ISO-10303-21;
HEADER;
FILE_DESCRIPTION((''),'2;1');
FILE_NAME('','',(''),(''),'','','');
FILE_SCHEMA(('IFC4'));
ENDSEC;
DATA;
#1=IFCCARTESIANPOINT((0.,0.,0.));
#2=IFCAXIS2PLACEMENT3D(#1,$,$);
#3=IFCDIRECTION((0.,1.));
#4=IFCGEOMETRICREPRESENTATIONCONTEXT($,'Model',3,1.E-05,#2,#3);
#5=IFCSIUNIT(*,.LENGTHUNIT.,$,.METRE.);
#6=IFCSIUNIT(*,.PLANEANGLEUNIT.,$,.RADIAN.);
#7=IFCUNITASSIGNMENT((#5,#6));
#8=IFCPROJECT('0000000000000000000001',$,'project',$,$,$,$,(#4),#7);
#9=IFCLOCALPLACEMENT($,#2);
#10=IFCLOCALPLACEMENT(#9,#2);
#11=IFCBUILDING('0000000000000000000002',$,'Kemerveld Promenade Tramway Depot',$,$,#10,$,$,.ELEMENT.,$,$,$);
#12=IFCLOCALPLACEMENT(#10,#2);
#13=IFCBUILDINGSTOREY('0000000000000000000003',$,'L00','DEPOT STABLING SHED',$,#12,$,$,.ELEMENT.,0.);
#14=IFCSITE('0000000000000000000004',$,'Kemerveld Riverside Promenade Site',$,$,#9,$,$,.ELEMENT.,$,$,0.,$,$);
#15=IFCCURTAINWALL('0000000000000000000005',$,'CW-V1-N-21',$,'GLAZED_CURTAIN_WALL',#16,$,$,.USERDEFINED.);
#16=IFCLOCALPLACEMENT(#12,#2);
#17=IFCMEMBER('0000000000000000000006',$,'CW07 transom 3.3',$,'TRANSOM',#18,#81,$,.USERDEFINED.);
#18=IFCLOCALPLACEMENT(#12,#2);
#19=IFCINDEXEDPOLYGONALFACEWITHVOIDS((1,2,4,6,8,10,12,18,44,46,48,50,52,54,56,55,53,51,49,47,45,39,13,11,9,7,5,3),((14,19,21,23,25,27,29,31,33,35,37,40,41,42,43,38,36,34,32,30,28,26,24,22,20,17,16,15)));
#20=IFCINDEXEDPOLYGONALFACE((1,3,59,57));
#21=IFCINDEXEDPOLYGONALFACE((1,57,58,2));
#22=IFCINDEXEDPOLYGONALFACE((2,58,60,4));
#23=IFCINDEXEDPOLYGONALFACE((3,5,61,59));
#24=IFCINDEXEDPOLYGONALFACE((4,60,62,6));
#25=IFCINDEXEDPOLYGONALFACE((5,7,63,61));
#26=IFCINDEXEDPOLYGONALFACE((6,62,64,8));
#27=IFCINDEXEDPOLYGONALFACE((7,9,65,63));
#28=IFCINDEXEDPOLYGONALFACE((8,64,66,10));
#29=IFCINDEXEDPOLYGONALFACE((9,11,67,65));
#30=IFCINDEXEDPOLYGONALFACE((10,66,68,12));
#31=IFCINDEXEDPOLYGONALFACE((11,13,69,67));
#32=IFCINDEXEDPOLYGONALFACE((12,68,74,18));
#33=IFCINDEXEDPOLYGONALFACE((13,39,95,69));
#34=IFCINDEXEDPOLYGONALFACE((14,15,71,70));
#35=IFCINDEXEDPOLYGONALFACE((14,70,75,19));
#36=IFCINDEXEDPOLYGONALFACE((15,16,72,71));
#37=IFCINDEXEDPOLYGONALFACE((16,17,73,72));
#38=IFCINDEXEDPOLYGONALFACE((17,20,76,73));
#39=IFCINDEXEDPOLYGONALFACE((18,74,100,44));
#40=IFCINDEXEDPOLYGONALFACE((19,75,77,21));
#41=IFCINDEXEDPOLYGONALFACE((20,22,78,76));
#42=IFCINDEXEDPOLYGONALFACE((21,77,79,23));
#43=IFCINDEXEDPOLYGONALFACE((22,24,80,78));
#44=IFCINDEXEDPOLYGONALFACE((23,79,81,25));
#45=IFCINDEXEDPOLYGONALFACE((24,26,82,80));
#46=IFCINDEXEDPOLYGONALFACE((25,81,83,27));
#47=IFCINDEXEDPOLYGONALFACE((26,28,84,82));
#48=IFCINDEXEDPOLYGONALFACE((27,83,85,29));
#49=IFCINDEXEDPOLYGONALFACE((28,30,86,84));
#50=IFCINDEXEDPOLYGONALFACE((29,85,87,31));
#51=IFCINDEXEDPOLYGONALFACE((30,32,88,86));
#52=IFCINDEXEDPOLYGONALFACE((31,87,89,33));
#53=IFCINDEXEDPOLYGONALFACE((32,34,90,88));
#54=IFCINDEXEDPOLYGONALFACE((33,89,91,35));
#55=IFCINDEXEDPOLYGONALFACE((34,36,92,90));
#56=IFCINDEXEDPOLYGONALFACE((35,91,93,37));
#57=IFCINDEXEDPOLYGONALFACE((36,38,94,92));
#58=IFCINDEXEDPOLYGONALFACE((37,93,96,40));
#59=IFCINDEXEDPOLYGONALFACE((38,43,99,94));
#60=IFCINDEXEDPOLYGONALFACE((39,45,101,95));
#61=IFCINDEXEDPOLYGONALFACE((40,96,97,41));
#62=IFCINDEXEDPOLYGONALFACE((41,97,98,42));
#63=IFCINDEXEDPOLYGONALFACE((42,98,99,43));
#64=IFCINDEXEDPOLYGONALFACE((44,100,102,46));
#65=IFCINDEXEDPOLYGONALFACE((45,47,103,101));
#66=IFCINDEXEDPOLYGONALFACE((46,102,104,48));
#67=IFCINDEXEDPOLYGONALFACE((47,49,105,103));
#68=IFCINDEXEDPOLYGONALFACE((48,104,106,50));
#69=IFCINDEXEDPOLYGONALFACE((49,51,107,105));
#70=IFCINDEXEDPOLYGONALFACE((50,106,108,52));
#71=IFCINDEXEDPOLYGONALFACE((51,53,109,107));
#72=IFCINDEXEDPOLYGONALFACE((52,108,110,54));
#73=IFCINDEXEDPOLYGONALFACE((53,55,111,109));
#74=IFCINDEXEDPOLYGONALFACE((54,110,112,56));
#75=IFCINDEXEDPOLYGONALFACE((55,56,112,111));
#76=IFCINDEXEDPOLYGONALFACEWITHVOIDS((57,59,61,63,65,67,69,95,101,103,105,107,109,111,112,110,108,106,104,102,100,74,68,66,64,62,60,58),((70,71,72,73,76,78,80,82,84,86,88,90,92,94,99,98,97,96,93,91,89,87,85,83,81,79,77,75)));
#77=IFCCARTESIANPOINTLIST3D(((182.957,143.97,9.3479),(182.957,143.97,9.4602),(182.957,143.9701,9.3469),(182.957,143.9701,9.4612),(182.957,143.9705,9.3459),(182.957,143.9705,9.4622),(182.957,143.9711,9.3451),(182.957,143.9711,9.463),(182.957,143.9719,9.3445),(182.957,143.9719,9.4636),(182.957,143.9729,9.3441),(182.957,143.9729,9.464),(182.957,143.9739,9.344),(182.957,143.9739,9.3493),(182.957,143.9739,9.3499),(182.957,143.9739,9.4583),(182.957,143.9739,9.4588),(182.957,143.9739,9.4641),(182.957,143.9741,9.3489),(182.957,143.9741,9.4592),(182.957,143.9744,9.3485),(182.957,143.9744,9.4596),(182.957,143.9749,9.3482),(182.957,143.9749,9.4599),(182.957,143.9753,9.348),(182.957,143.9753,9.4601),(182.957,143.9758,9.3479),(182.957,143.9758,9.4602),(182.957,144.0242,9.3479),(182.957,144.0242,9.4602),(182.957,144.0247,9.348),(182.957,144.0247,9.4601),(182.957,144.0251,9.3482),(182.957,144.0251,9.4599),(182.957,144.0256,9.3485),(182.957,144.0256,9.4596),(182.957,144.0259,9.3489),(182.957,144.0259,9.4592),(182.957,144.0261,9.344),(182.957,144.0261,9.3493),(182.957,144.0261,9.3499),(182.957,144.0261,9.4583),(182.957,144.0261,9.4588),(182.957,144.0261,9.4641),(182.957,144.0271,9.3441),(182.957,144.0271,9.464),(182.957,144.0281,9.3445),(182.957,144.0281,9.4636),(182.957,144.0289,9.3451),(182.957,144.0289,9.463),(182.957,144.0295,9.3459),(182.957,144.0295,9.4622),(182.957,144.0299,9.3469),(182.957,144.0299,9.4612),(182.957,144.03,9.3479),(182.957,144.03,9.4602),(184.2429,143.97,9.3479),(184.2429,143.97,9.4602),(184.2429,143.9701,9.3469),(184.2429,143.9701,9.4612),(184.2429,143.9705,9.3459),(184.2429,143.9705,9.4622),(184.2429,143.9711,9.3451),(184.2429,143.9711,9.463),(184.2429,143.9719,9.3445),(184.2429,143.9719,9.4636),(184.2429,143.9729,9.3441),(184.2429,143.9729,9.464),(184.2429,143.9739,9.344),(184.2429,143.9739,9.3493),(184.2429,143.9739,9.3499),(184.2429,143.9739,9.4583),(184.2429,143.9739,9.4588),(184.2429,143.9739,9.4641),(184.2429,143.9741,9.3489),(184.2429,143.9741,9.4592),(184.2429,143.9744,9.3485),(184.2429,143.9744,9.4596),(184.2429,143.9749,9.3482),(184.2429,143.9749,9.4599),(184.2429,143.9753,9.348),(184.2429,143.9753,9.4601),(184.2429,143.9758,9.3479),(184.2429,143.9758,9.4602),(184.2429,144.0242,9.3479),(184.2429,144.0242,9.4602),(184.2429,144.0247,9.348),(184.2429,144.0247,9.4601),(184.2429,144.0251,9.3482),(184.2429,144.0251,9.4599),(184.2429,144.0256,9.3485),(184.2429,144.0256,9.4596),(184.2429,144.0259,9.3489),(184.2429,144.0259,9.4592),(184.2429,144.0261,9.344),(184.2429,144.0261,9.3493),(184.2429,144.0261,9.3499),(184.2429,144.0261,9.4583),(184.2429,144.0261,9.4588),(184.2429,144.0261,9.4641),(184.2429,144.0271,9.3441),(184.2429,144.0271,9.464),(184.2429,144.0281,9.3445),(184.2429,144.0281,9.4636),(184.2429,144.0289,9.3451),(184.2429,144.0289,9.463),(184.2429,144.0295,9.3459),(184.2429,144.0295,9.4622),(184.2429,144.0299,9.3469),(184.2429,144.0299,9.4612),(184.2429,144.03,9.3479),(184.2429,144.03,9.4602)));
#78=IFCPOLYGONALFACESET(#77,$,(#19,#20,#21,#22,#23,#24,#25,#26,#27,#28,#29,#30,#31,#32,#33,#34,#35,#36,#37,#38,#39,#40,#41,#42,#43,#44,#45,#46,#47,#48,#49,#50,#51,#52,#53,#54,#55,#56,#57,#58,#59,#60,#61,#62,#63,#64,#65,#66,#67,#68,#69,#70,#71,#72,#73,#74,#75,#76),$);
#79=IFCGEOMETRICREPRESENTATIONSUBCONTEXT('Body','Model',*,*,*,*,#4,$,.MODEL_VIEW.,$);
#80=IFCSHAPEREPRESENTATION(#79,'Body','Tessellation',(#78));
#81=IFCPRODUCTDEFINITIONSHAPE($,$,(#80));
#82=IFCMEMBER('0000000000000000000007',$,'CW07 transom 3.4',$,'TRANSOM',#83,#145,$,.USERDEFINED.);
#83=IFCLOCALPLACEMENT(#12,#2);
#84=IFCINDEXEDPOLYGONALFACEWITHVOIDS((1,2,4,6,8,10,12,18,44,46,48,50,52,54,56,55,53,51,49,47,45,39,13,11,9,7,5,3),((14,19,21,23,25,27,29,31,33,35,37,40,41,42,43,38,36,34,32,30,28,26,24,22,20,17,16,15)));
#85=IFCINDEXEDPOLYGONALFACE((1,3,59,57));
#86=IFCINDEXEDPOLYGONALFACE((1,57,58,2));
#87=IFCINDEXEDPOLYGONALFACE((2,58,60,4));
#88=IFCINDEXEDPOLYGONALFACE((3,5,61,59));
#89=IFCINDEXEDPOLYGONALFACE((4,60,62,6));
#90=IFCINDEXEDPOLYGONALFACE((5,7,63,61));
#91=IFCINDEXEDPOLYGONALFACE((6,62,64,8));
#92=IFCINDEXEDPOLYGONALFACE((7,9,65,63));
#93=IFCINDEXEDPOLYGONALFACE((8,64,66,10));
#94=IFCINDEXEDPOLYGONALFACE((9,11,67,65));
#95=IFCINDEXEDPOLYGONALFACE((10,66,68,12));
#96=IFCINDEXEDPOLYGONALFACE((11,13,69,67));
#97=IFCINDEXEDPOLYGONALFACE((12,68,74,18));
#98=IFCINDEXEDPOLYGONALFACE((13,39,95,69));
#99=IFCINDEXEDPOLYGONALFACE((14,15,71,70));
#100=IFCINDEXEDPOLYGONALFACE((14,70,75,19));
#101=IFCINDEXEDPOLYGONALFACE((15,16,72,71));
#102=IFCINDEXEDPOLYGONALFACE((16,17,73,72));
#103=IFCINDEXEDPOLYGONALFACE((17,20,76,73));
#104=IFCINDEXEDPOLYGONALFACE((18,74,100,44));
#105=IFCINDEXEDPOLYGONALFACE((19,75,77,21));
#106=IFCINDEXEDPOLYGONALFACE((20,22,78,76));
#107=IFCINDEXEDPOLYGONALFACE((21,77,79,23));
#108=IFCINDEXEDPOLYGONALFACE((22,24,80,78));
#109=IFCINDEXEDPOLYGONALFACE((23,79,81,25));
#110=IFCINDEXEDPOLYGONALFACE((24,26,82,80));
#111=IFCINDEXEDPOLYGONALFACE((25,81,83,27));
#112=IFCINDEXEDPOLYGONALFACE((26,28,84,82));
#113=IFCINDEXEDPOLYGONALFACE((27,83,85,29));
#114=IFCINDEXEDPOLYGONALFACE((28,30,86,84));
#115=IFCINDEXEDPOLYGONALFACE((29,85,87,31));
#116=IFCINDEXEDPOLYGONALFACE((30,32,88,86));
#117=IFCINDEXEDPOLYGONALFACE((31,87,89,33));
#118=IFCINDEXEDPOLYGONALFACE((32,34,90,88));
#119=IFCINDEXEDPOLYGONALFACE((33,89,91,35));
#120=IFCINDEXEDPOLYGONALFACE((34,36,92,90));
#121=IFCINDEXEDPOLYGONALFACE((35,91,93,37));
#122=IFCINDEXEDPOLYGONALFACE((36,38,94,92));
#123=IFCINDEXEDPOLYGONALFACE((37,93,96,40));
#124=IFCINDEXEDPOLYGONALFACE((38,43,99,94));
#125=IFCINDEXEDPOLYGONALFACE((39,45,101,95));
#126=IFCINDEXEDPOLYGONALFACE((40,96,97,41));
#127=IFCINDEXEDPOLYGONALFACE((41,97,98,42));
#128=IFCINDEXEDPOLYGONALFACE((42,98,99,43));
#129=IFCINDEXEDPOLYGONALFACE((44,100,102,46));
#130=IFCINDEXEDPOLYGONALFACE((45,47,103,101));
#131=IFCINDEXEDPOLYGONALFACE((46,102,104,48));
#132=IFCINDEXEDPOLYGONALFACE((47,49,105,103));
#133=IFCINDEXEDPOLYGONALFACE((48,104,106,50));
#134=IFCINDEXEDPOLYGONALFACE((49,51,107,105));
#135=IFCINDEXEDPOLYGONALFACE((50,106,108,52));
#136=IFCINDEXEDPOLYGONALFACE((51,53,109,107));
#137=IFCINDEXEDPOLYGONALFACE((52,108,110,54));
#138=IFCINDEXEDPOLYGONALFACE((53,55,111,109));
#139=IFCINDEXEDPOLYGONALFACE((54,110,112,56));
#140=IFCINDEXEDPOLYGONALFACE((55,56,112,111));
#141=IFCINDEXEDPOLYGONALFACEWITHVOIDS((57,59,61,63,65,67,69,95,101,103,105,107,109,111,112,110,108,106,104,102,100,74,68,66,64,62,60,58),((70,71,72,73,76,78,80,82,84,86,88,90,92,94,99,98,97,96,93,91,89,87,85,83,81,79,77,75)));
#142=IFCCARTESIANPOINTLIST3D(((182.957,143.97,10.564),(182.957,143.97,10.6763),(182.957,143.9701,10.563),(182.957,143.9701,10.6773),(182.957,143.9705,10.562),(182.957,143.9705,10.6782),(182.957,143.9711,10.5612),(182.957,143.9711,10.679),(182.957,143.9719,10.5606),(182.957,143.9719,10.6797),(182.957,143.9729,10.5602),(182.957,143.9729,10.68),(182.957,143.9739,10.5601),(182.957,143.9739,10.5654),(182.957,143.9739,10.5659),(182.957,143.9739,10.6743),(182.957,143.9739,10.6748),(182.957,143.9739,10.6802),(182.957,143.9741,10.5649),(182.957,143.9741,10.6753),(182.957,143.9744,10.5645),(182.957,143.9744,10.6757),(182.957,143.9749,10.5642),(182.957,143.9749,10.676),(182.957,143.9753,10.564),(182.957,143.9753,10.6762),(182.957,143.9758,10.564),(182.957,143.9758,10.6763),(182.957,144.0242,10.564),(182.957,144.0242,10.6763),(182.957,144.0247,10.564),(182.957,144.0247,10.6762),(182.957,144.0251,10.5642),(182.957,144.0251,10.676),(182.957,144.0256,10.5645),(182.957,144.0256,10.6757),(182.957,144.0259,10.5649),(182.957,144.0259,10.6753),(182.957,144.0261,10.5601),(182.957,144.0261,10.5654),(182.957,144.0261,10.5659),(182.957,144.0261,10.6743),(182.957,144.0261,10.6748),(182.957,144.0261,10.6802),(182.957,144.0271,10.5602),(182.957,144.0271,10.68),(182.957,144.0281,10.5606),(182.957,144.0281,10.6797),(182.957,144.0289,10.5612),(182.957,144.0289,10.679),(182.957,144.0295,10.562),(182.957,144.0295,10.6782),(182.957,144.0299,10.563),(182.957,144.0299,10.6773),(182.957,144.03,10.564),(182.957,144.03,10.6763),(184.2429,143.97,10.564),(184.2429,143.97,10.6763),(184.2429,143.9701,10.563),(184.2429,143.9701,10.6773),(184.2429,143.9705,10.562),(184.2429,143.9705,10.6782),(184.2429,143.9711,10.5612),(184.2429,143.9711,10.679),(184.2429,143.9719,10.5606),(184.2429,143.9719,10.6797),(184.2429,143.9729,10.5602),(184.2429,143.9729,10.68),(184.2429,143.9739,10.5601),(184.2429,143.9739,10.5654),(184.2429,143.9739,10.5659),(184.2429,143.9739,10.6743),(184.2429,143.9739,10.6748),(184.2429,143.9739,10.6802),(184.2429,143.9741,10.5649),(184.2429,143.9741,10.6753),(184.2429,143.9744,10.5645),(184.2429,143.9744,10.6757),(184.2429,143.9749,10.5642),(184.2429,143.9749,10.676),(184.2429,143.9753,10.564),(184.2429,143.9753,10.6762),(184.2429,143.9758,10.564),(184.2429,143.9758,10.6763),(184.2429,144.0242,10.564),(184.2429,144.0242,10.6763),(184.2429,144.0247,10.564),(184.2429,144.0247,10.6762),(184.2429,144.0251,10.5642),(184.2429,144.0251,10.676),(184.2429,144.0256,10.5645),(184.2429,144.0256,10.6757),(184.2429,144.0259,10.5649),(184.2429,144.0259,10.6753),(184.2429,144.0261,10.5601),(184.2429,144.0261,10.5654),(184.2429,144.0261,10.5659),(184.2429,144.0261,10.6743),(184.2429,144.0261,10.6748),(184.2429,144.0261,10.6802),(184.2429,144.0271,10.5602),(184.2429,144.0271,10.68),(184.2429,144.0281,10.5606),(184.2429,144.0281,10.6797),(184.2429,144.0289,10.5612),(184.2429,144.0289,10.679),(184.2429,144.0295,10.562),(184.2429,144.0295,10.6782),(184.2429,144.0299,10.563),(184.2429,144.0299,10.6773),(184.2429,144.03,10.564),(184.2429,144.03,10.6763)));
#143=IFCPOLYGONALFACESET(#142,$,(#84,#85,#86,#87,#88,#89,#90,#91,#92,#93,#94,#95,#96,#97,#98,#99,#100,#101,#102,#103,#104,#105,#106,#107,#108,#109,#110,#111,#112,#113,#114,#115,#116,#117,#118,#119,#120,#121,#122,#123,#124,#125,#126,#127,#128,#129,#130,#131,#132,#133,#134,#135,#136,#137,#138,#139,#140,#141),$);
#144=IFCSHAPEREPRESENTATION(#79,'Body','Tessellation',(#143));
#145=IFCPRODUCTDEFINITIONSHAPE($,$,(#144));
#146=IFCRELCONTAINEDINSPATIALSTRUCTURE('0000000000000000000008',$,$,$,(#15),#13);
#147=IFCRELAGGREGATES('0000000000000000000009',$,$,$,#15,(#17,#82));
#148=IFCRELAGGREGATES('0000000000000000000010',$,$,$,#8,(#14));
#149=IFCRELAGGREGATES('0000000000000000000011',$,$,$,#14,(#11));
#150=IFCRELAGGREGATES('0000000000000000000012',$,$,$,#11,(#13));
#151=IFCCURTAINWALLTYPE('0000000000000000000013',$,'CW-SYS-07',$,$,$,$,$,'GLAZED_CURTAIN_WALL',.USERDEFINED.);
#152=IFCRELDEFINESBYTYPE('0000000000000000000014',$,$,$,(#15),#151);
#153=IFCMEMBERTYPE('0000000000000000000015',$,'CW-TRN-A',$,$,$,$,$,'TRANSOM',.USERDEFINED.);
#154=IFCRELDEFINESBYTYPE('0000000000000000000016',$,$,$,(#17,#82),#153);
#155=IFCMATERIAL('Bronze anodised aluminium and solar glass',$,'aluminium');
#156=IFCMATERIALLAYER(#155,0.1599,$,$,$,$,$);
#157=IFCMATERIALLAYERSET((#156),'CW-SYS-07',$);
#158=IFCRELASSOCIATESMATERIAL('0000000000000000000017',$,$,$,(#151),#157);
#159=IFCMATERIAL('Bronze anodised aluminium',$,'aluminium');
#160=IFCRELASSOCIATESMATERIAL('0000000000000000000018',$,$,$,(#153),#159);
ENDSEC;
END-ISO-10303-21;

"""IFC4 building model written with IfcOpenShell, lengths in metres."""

from ifc_helpers import new_model, si_unit, direction, frame, origin, origin_2d, place, context, subcontext, project, spatial, hollow_rectangle, extrude, material, layer, layer_set, material_profile, profile_set, type_object, element, aggregate, save


model = new_model("IFC4")

# Units and contexts
model_context = context("Model", 3, precision=1e-05, world=origin(), true_north=direction((0.0, 1.0)))
body_context = subcontext(model_context, "Body", "Model", "MODEL_VIEW")
ifc_project = project(units=[si_unit("LENGTHUNIT", "METRE"), si_unit("PLANEANGLEUNIT", "RADIAN")], contexts=[model_context])

# Site, building, storey
site_placement = place(None, origin())
site = spatial("IfcSite", under=ifc_project, at=site_placement, Name="Kemerveld Riverside Promenade Site", CompositionType="ELEMENT", RefElevation=0.0)
building_placement = place(site_placement, origin())
building = spatial("IfcBuilding", under=site, at=building_placement, Name="Kemerveld Promenade Tramway Depot", CompositionType="ELEMENT")
storey_placement = place(building_placement, origin())
storey = spatial("IfcBuildingStorey", under=building, at=storey_placement, Name="L00", Description="DEPOT STABLING SHED", CompositionType="ELEMENT", Elevation=0.0)

# Curtain wall, members
ifc_material_1 = material(Name="Bronze anodised aluminium and solar glass", Category="aluminium")
ifc_layer_1 = layer(ifc_material_1, 0.1599)
ifc_layer_set_1 = layer_set([ifc_layer_1], Name="CW-SYS-07")
curtain_wall_type_1 = type_object("IfcCurtainWallType", Name="CW-SYS-07", ElementType="GLAZED_CURTAIN_WALL", PredefinedType="USERDEFINED", material=ifc_layer_set_1)
curtain_wall_1_placement = place(storey_placement, origin())
curtain_wall_1 = element("IfcCurtainWall", 1, at=curtain_wall_1_placement, inside=storey, type_object=curtain_wall_type_1, Name="CW-V1-N-21", ObjectType="GLAZED_CURTAIN_WALL", PredefinedType="USERDEFINED")
ifc_material_2 = material(Name="Bronze anodised aluminium", Category="aluminium")
ifc_material_profile_1 = material_profile(ifc_material_2, hollow_rectangle(XDim=0.0601, YDim=0.1201, WallThickness=0.0039, InnerFilletRadius=0.002, OuterFilletRadius=0.0039, at=origin_2d()), Name="CW-TRN-120x60")
ifc_profile_set_1 = profile_set([ifc_material_profile_1], Name="Bronze anodised aluminium")
member_type_1 = type_object("IfcMemberType", Name="CW-TRN-A", ElementType="TRANSOM", PredefinedType="USERDEFINED", material=ifc_profile_set_1)
member_1_placement = place(storey_placement, frame((182.957, 144.0, 9.4041), z_axis=(1.0, 0.0, 0.0), x_axis=(0.0, 1.0, 0.0)))
member_1 = element("IfcMember", 2, at=member_1_placement, type_object=member_type_1, Name="CW07 transom 3.3", ObjectType="TRANSOM", PredefinedType="USERDEFINED", context=body_context, shape_type="SweptSolid", body=[
    extrude(hollow_rectangle(XDim=0.0601, YDim=0.1201, WallThickness=0.0039, InnerFilletRadius=0.002, OuterFilletRadius=0.0039, at=origin_2d()), origin(), (0.0, 0.0, 1.0), 1.2859),
])
member_2_placement = place(storey_placement, frame((182.957, 144.0, 10.6201), z_axis=(1.0, 0.0, 0.0), x_axis=(0.0, 1.0, 0.0)))
member_2 = element("IfcMember", 3, at=member_2_placement, type_object=member_type_1, Name="CW07 transom 3.4", ObjectType="TRANSOM", PredefinedType="USERDEFINED", context=body_context, shape_type="SweptSolid", body=[
    extrude(hollow_rectangle(XDim=0.0601, YDim=0.1201, WallThickness=0.0039, InnerFilletRadius=0.002, OuterFilletRadius=0.0039, at=origin_2d()), origin(), (0.0, 0.0, 1.0), 1.2859),
])

aggregate(curtain_wall_1, [member_1, member_2])

save(model, "model.ifc")
